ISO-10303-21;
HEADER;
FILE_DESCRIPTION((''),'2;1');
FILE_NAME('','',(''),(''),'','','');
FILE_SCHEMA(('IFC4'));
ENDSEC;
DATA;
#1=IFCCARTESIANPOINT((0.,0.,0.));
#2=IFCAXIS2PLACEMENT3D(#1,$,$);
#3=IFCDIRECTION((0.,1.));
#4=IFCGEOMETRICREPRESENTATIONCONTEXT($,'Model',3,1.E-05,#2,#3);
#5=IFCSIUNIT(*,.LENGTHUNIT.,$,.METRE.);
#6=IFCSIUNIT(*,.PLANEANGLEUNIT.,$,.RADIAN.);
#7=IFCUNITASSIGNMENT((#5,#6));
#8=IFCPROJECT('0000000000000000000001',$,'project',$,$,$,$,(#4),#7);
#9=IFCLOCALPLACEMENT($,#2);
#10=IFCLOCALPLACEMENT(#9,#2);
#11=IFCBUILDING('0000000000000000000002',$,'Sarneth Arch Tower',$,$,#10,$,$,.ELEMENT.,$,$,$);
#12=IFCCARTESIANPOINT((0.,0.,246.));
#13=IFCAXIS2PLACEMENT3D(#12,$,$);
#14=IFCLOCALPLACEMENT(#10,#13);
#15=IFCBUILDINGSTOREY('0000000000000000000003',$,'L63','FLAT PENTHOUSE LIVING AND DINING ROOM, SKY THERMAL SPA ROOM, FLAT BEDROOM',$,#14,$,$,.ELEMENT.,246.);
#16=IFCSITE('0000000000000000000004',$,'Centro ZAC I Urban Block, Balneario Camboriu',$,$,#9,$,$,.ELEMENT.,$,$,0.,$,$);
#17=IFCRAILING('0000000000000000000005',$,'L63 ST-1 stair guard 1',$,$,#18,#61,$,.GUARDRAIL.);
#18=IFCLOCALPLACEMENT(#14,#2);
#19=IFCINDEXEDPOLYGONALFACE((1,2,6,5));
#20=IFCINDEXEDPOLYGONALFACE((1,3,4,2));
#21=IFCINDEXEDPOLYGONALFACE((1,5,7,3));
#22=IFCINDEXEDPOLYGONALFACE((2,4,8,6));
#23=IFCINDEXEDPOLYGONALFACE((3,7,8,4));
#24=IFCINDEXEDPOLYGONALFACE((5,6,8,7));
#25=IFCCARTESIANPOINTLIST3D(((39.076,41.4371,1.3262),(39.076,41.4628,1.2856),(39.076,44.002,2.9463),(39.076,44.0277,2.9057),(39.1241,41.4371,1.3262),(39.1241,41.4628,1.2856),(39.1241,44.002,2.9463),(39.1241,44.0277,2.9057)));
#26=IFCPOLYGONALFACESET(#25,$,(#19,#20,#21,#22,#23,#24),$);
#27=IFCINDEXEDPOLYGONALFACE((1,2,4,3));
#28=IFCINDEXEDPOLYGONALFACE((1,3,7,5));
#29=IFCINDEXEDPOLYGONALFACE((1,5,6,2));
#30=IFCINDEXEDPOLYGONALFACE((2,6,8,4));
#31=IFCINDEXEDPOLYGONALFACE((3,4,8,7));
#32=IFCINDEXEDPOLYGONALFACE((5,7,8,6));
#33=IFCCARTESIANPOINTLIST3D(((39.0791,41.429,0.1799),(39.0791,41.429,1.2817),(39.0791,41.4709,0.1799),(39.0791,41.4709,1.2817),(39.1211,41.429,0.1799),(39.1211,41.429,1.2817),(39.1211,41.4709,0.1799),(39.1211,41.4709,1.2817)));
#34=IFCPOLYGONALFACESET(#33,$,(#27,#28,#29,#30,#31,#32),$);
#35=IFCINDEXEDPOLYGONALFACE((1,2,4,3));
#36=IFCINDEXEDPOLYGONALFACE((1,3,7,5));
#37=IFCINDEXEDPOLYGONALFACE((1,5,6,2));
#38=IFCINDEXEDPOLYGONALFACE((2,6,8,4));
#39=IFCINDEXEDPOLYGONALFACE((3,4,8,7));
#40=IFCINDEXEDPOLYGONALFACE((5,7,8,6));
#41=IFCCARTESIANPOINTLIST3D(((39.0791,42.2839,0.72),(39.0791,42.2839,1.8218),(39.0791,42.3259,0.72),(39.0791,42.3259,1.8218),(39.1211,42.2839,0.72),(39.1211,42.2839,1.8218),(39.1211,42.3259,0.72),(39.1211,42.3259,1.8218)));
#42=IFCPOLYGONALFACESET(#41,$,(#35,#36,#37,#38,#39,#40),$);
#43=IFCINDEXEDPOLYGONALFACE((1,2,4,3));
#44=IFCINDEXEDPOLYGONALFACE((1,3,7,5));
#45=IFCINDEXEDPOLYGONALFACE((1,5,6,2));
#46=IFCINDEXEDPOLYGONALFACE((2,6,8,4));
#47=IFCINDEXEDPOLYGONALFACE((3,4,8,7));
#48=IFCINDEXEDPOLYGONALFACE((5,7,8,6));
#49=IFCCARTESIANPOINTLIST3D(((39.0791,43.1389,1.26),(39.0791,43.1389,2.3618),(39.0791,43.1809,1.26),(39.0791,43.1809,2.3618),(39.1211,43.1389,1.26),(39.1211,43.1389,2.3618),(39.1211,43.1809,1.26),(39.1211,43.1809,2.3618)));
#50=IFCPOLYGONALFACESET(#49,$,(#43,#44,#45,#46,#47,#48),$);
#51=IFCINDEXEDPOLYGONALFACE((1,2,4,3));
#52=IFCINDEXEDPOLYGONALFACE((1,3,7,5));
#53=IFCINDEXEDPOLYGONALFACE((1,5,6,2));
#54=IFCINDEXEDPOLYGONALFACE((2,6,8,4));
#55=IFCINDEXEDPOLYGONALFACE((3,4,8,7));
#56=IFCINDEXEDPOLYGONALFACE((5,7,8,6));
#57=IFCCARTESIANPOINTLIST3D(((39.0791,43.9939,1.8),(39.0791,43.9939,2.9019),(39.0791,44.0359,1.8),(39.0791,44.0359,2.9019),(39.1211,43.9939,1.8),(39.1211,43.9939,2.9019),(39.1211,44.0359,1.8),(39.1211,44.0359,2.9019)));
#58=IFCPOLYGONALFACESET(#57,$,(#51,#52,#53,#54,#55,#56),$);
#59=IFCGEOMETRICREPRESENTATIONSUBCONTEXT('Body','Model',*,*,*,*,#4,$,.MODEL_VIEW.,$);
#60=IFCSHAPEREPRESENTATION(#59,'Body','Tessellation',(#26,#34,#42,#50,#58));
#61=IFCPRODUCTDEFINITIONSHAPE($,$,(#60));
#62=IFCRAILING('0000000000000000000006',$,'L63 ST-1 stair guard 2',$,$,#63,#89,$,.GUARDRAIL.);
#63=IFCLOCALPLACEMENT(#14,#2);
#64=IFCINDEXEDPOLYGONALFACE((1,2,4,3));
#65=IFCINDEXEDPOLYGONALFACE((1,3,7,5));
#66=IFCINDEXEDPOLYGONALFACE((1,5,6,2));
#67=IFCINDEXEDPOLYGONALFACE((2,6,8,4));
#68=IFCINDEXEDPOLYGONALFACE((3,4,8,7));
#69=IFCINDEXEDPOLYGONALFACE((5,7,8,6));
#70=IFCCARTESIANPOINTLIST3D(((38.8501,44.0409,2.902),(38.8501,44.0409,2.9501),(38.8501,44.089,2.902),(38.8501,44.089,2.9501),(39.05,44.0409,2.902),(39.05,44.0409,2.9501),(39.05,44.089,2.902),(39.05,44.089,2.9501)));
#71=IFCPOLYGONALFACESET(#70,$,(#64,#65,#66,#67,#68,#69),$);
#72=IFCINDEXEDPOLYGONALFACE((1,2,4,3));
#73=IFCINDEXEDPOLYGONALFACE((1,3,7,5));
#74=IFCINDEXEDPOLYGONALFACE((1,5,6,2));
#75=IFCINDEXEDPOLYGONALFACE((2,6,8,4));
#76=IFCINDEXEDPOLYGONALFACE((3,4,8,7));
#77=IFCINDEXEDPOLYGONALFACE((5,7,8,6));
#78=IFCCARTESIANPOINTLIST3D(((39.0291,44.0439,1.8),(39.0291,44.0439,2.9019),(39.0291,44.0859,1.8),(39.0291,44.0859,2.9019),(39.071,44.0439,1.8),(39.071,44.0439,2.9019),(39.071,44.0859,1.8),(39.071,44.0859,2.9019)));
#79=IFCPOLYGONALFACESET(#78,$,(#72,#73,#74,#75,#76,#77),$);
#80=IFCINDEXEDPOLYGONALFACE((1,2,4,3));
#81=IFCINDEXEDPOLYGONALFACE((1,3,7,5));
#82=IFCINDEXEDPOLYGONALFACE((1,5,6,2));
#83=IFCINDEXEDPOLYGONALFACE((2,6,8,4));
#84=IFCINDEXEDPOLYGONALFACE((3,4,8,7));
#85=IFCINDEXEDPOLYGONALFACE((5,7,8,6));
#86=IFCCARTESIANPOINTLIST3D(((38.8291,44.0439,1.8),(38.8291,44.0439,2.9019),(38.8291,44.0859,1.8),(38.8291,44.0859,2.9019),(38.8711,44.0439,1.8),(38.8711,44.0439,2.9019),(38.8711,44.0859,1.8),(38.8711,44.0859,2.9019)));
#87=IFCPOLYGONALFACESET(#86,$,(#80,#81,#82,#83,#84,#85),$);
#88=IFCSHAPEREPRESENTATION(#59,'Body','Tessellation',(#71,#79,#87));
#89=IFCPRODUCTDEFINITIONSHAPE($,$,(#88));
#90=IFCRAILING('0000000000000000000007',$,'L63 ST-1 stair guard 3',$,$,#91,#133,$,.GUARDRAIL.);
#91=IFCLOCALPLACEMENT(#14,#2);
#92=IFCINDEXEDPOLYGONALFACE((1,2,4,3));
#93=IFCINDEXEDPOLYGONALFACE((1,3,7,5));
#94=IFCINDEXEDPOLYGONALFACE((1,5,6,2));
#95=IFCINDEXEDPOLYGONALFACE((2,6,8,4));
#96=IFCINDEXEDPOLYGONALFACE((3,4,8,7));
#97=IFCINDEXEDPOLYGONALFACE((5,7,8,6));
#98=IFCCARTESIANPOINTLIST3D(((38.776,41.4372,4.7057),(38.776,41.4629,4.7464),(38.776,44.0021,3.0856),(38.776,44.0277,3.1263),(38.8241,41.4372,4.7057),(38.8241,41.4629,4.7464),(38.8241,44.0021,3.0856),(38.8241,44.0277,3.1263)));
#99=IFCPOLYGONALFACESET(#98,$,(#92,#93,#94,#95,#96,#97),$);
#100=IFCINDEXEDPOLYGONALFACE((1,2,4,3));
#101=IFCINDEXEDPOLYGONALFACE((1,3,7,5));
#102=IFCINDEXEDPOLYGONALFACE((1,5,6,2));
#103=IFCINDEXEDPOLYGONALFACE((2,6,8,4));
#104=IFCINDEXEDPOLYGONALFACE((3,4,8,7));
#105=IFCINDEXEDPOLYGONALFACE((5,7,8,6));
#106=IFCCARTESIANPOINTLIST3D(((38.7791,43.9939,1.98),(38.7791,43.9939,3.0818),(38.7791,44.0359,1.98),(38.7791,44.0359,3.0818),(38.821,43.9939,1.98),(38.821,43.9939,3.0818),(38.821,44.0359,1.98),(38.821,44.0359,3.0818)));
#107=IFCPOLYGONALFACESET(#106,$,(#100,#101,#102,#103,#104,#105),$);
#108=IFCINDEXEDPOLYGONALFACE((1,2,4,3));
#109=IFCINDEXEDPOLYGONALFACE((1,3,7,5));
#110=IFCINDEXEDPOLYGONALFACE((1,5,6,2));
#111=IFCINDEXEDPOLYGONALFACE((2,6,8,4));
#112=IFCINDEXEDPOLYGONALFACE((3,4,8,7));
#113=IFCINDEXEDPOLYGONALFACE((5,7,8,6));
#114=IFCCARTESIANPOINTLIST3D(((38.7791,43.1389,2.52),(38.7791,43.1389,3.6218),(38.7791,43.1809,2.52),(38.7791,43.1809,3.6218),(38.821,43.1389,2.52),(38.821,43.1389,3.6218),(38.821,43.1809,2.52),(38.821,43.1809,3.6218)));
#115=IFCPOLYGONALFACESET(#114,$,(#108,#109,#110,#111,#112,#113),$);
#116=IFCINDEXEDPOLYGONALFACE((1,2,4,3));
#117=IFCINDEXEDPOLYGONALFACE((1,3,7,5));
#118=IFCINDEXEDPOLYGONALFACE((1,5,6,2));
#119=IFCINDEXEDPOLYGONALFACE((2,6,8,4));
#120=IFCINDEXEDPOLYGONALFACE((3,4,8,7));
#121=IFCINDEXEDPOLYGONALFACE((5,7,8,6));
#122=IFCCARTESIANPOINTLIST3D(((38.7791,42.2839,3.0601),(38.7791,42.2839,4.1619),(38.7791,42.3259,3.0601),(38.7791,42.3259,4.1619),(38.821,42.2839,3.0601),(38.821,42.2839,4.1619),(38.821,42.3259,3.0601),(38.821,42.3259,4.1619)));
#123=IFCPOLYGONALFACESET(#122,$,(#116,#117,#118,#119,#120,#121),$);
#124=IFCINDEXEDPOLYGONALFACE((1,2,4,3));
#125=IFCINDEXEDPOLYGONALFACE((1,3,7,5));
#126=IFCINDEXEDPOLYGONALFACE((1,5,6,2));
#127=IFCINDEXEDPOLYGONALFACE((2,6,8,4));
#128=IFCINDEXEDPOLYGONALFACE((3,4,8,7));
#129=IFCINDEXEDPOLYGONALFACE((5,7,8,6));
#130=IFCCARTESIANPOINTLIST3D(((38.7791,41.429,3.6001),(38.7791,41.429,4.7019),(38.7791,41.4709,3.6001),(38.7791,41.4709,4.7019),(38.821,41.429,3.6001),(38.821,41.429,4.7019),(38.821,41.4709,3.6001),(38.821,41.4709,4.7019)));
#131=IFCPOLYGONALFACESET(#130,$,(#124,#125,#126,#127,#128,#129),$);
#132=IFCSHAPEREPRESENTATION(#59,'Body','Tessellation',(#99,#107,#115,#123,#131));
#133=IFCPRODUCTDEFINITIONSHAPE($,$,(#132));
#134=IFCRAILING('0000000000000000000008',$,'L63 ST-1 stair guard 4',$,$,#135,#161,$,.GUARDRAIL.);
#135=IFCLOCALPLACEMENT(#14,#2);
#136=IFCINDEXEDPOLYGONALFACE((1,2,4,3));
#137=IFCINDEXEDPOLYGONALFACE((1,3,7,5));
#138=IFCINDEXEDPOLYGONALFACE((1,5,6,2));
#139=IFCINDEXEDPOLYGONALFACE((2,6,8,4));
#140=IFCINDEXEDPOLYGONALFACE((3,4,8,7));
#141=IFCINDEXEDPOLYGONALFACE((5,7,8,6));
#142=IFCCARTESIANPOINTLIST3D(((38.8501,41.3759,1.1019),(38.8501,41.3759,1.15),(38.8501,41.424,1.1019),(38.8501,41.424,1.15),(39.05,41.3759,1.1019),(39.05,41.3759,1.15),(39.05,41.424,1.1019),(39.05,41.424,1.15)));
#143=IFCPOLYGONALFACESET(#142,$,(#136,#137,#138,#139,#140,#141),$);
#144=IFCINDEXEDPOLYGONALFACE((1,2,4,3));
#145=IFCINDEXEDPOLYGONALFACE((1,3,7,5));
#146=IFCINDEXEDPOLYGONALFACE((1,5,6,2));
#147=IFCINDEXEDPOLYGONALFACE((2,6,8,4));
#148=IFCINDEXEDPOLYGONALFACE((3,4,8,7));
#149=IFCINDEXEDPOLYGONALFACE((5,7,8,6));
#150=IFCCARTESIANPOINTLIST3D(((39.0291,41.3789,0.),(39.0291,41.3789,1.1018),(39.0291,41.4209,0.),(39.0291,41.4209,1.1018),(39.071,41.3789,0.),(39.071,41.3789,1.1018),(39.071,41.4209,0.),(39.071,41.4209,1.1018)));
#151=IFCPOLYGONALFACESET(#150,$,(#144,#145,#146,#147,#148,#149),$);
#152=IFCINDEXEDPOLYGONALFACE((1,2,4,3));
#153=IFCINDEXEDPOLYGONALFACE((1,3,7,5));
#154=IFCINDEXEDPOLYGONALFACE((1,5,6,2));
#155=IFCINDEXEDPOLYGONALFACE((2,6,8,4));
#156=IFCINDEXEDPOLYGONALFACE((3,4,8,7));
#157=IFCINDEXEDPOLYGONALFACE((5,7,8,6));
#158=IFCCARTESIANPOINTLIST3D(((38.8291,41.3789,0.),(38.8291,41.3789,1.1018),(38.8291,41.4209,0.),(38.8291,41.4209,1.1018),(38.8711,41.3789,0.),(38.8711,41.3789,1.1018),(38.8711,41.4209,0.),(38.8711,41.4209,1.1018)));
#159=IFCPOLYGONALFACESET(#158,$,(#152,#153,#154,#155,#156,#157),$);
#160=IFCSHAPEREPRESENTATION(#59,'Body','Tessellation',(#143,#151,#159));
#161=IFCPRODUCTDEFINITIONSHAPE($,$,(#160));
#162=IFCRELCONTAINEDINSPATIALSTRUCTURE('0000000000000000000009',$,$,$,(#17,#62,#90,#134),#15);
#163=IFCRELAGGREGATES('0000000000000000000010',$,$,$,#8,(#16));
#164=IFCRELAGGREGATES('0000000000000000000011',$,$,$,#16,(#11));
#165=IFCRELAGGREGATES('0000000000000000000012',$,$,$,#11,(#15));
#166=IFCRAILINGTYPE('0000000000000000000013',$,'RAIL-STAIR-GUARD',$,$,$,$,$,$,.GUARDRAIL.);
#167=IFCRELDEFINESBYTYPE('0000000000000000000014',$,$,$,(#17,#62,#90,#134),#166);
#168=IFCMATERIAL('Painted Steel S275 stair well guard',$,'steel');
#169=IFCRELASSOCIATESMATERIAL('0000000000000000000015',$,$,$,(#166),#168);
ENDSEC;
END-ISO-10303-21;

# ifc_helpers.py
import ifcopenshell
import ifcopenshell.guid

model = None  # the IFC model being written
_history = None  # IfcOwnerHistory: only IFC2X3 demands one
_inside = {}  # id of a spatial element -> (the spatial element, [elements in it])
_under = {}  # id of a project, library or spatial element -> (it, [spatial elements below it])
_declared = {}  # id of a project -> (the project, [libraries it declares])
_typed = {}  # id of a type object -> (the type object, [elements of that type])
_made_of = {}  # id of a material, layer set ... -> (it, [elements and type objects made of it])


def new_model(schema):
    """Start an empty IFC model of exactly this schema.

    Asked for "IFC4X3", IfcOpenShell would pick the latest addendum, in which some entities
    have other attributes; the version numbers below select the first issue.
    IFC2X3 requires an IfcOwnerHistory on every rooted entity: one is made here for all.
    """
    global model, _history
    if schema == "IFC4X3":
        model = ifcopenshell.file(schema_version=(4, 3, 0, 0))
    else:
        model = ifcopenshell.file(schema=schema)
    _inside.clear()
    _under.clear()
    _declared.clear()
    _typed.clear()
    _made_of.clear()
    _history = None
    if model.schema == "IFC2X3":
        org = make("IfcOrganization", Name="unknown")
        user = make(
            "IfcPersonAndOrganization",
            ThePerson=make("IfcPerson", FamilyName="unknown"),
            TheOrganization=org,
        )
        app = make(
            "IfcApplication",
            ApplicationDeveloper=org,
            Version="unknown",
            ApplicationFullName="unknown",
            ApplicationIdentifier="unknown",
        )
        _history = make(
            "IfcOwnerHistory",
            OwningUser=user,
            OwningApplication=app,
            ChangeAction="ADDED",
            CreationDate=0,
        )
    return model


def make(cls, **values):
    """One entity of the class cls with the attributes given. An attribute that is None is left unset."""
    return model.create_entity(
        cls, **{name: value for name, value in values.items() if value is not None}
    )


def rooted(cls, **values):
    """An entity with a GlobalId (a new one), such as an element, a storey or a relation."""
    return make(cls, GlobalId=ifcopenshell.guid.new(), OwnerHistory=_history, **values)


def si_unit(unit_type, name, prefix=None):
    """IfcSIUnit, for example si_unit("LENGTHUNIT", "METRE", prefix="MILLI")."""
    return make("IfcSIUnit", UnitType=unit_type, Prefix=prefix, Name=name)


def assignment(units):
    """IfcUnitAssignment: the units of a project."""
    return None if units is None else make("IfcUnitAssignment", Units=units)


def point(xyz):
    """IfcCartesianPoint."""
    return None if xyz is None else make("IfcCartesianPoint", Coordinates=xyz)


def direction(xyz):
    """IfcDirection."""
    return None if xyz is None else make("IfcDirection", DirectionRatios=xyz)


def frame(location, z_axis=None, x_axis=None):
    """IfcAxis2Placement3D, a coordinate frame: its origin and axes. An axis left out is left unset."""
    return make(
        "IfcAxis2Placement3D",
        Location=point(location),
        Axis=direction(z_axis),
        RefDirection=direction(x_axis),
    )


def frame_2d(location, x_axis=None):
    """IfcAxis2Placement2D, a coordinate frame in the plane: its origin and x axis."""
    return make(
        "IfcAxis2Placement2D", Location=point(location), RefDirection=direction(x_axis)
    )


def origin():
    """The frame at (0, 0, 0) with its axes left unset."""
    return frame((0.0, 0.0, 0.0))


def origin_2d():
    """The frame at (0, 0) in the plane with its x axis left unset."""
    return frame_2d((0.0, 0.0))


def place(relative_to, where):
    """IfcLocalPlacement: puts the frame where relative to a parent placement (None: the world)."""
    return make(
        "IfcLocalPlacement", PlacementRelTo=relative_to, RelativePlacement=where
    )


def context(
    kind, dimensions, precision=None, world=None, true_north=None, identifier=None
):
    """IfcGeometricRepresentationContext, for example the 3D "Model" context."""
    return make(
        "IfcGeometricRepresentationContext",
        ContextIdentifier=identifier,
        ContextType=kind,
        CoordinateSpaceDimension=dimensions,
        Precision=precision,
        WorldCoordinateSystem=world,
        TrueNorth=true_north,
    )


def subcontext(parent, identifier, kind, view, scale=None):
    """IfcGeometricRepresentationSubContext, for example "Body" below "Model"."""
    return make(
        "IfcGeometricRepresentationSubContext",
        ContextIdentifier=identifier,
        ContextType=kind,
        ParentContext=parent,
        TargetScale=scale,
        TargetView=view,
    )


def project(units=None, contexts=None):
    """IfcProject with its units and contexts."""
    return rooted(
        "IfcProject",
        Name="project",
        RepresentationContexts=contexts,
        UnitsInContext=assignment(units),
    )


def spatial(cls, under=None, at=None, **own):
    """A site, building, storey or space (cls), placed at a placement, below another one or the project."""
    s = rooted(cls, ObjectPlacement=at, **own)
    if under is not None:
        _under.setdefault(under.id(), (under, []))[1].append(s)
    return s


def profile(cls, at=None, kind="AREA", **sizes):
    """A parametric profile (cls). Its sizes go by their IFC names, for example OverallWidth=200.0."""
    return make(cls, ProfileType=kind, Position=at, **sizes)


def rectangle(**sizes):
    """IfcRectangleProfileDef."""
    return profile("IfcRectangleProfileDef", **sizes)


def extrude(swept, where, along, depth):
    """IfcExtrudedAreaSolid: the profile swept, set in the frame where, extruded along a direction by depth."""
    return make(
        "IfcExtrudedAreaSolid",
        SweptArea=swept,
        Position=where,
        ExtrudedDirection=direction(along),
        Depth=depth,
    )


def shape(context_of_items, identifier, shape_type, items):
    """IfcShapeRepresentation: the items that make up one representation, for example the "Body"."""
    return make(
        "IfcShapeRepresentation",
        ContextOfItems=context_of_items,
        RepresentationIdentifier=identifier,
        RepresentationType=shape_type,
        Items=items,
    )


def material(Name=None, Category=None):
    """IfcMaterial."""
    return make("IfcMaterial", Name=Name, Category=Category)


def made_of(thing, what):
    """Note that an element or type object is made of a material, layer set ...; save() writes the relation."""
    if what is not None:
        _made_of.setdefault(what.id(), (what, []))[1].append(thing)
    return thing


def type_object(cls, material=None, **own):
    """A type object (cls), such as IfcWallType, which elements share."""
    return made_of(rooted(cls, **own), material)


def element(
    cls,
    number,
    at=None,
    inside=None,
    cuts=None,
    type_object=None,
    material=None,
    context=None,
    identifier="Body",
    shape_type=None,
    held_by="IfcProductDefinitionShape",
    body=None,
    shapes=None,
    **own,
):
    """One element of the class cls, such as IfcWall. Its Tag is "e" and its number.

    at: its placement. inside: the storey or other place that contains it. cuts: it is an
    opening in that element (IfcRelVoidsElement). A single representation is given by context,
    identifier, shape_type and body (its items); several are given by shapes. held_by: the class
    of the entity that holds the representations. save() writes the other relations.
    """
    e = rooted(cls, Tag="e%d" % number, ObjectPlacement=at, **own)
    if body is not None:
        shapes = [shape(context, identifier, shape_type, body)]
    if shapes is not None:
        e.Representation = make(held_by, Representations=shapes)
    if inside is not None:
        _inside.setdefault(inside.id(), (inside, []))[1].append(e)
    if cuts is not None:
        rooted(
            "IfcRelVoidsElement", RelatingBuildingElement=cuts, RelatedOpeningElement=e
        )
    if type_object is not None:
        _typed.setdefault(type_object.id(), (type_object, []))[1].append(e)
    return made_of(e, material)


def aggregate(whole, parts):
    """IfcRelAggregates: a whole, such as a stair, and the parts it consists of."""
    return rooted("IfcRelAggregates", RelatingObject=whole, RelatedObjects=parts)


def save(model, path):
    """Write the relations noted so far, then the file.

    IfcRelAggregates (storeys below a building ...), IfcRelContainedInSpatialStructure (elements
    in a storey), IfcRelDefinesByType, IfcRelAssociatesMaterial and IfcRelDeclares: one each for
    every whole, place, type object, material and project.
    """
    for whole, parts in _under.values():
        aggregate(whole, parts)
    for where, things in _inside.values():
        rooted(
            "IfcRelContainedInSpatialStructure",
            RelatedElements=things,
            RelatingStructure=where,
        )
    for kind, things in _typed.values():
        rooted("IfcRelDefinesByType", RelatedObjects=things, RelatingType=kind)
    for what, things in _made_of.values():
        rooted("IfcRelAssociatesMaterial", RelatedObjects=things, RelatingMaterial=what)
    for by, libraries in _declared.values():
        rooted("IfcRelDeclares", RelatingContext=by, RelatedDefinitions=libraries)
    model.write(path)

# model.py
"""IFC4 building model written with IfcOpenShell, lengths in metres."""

from ifc_helpers import new_model, si_unit, direction, frame, origin, origin_2d, place, context, subcontext, project, spatial, rectangle, extrude, material, type_object, element, save


model = new_model("IFC4")

# Units and contexts
model_context = context("Model", 3, precision=1e-05, world=origin(), true_north=direction((0.0, 1.0)))
body_context = subcontext(model_context, "Body", "Model", "MODEL_VIEW")
ifc_project = project(units=[si_unit("LENGTHUNIT", "METRE"), si_unit("PLANEANGLEUNIT", "RADIAN")], contexts=[model_context])

# Site, building, storey
site_placement = place(None, origin())
site = spatial("IfcSite", under=ifc_project, at=site_placement, Name="Centro ZAC I Urban Block, Balneario Camboriu", CompositionType="ELEMENT", RefElevation=0.0)
building_placement = place(site_placement, origin())
building = spatial("IfcBuilding", under=site, at=building_placement, Name="Sarneth Arch Tower", CompositionType="ELEMENT")
storey_placement = place(building_placement, frame((0.0, 0.0, 246.0)))
storey = spatial("IfcBuildingStorey", under=building, at=storey_placement, Name="L63", Description="FLAT PENTHOUSE LIVING AND DINING ROOM, SKY THERMAL SPA ROOM, FLAT BEDROOM", CompositionType="ELEMENT", Elevation=246.0)

# Railings
ifc_material_1 = material(Name="Painted Steel S275 stair well guard", Category="steel")
railing_type_1 = type_object("IfcRailingType", Name="RAIL-STAIR-GUARD", PredefinedType="GUARDRAIL", material=ifc_material_1)
railing_1_placement = place(storey_placement, frame((39.1001, 41.45, 0.1799)))
element("IfcRailing", 1, at=railing_1_placement, inside=storey, type_object=railing_type_1, Name="L63 ST-1 stair guard 1", PredefinedType="GUARDRAIL", context=body_context, shape_type="SweptSolid", body=[
    extrude(rectangle(XDim=0.0481, YDim=0.0481, at=origin_2d()), frame((0.0, 0.0, 1.126), z_axis=(0.0, 0.845466, 0.534029), x_axis=(-1.0, 0.0, 0.0)), (0.0, 0.0, 1.0), 3.0337),
    extrude(rectangle(XDim=0.042, YDim=0.042, at=origin_2d()), origin(), (0.0, 0.0, 1.0), 1.1018),
    extrude(rectangle(XDim=0.042, YDim=0.042, at=origin_2d()), frame((0.0, 0.855, 0.54)), (0.0, 0.0, 1.0), 1.1018),
    extrude(rectangle(XDim=0.042, YDim=0.042, at=origin_2d()), frame((0.0, 1.71, 1.0801)), (0.0, 0.0, 1.0), 1.1018),
    extrude(rectangle(XDim=0.042, YDim=0.042, at=origin_2d()), frame((0.0, 2.5649, 1.6201)), (0.0, 0.0, 1.0), 1.1018),
])
railing_2_placement = place(storey_placement, frame((39.05, 44.0649, 1.8)))
element("IfcRailing", 2, at=railing_2_placement, inside=storey, type_object=railing_type_1, Name="L63 ST-1 stair guard 2", PredefinedType="GUARDRAIL", context=body_context, shape_type="SweptSolid", body=[
    extrude(rectangle(XDim=0.0481, YDim=0.0481, at=origin_2d()), frame((0.0, 0.0, 1.126), z_axis=(-1.0, 0.0, 0.0), x_axis=(0.0, -1.0, 0.0)), (0.0, 0.0, 1.0), 0.2),
    extrude(rectangle(XDim=0.042, YDim=0.042, at=origin_2d()), origin(), (0.0, 0.0, 1.0), 1.1018),
    extrude(rectangle(XDim=0.042, YDim=0.042, at=origin_2d()), frame((-0.2, 0.0, 0.0)), (0.0, 0.0, 1.0), 1.1018),
])
railing_3_placement = place(storey_placement, frame((38.8, 44.0149, 1.98)))
element("IfcRailing", 3, at=railing_3_placement, inside=storey, type_object=railing_type_1, Name="L63 ST-1 stair guard 3", PredefinedType="GUARDRAIL", context=body_context, shape_type="SweptSolid", body=[
    extrude(rectangle(XDim=0.0481, YDim=0.0481, at=origin_2d()), frame((0.0, 0.0, 1.126), z_axis=(0.0, -0.845466, 0.534029), x_axis=(1.0, 0.0, 0.0)), (0.0, 0.0, 1.0), 3.0337),
    extrude(rectangle(XDim=0.042, YDim=0.042, at=origin_2d()), origin(), (0.0, 0.0, 1.0), 1.1018),
    extrude(rectangle(XDim=0.042, YDim=0.042, at=origin_2d()), frame((0.0, -0.855, 0.54)), (0.0, 0.0, 1.0), 1.1018),
    extrude(rectangle(XDim=0.042, YDim=0.042, at=origin_2d()), frame((0.0, -1.71, 1.0801)), (0.0, 0.0, 1.0), 1.1018),
    extrude(rectangle(XDim=0.042, YDim=0.042, at=origin_2d()), frame((0.0, -2.5649, 1.6201)), (0.0, 0.0, 1.0), 1.1018),
])
railing_4_placement = place(storey_placement, frame((39.05, 41.3999, 0.0)))
element("IfcRailing", 4, at=railing_4_placement, inside=storey, type_object=railing_type_1, Name="L63 ST-1 stair guard 4", PredefinedType="GUARDRAIL", context=body_context, shape_type="SweptSolid", body=[
    extrude(rectangle(XDim=0.0481, YDim=0.0481, at=origin_2d()), frame((0.0, 0.0, 1.126), z_axis=(-1.0, 0.0, 0.0), x_axis=(0.0, -1.0, 0.0)), (0.0, 0.0, 1.0), 0.2),
    extrude(rectangle(XDim=0.042, YDim=0.042, at=origin_2d()), origin(), (0.0, 0.0, 1.0), 1.1018),
    extrude(rectangle(XDim=0.042, YDim=0.042, at=origin_2d()), frame((-0.2, 0.0, 0.0)), (0.0, 0.0, 1.0), 1.1018),
])

save(model, "model.ifc")
